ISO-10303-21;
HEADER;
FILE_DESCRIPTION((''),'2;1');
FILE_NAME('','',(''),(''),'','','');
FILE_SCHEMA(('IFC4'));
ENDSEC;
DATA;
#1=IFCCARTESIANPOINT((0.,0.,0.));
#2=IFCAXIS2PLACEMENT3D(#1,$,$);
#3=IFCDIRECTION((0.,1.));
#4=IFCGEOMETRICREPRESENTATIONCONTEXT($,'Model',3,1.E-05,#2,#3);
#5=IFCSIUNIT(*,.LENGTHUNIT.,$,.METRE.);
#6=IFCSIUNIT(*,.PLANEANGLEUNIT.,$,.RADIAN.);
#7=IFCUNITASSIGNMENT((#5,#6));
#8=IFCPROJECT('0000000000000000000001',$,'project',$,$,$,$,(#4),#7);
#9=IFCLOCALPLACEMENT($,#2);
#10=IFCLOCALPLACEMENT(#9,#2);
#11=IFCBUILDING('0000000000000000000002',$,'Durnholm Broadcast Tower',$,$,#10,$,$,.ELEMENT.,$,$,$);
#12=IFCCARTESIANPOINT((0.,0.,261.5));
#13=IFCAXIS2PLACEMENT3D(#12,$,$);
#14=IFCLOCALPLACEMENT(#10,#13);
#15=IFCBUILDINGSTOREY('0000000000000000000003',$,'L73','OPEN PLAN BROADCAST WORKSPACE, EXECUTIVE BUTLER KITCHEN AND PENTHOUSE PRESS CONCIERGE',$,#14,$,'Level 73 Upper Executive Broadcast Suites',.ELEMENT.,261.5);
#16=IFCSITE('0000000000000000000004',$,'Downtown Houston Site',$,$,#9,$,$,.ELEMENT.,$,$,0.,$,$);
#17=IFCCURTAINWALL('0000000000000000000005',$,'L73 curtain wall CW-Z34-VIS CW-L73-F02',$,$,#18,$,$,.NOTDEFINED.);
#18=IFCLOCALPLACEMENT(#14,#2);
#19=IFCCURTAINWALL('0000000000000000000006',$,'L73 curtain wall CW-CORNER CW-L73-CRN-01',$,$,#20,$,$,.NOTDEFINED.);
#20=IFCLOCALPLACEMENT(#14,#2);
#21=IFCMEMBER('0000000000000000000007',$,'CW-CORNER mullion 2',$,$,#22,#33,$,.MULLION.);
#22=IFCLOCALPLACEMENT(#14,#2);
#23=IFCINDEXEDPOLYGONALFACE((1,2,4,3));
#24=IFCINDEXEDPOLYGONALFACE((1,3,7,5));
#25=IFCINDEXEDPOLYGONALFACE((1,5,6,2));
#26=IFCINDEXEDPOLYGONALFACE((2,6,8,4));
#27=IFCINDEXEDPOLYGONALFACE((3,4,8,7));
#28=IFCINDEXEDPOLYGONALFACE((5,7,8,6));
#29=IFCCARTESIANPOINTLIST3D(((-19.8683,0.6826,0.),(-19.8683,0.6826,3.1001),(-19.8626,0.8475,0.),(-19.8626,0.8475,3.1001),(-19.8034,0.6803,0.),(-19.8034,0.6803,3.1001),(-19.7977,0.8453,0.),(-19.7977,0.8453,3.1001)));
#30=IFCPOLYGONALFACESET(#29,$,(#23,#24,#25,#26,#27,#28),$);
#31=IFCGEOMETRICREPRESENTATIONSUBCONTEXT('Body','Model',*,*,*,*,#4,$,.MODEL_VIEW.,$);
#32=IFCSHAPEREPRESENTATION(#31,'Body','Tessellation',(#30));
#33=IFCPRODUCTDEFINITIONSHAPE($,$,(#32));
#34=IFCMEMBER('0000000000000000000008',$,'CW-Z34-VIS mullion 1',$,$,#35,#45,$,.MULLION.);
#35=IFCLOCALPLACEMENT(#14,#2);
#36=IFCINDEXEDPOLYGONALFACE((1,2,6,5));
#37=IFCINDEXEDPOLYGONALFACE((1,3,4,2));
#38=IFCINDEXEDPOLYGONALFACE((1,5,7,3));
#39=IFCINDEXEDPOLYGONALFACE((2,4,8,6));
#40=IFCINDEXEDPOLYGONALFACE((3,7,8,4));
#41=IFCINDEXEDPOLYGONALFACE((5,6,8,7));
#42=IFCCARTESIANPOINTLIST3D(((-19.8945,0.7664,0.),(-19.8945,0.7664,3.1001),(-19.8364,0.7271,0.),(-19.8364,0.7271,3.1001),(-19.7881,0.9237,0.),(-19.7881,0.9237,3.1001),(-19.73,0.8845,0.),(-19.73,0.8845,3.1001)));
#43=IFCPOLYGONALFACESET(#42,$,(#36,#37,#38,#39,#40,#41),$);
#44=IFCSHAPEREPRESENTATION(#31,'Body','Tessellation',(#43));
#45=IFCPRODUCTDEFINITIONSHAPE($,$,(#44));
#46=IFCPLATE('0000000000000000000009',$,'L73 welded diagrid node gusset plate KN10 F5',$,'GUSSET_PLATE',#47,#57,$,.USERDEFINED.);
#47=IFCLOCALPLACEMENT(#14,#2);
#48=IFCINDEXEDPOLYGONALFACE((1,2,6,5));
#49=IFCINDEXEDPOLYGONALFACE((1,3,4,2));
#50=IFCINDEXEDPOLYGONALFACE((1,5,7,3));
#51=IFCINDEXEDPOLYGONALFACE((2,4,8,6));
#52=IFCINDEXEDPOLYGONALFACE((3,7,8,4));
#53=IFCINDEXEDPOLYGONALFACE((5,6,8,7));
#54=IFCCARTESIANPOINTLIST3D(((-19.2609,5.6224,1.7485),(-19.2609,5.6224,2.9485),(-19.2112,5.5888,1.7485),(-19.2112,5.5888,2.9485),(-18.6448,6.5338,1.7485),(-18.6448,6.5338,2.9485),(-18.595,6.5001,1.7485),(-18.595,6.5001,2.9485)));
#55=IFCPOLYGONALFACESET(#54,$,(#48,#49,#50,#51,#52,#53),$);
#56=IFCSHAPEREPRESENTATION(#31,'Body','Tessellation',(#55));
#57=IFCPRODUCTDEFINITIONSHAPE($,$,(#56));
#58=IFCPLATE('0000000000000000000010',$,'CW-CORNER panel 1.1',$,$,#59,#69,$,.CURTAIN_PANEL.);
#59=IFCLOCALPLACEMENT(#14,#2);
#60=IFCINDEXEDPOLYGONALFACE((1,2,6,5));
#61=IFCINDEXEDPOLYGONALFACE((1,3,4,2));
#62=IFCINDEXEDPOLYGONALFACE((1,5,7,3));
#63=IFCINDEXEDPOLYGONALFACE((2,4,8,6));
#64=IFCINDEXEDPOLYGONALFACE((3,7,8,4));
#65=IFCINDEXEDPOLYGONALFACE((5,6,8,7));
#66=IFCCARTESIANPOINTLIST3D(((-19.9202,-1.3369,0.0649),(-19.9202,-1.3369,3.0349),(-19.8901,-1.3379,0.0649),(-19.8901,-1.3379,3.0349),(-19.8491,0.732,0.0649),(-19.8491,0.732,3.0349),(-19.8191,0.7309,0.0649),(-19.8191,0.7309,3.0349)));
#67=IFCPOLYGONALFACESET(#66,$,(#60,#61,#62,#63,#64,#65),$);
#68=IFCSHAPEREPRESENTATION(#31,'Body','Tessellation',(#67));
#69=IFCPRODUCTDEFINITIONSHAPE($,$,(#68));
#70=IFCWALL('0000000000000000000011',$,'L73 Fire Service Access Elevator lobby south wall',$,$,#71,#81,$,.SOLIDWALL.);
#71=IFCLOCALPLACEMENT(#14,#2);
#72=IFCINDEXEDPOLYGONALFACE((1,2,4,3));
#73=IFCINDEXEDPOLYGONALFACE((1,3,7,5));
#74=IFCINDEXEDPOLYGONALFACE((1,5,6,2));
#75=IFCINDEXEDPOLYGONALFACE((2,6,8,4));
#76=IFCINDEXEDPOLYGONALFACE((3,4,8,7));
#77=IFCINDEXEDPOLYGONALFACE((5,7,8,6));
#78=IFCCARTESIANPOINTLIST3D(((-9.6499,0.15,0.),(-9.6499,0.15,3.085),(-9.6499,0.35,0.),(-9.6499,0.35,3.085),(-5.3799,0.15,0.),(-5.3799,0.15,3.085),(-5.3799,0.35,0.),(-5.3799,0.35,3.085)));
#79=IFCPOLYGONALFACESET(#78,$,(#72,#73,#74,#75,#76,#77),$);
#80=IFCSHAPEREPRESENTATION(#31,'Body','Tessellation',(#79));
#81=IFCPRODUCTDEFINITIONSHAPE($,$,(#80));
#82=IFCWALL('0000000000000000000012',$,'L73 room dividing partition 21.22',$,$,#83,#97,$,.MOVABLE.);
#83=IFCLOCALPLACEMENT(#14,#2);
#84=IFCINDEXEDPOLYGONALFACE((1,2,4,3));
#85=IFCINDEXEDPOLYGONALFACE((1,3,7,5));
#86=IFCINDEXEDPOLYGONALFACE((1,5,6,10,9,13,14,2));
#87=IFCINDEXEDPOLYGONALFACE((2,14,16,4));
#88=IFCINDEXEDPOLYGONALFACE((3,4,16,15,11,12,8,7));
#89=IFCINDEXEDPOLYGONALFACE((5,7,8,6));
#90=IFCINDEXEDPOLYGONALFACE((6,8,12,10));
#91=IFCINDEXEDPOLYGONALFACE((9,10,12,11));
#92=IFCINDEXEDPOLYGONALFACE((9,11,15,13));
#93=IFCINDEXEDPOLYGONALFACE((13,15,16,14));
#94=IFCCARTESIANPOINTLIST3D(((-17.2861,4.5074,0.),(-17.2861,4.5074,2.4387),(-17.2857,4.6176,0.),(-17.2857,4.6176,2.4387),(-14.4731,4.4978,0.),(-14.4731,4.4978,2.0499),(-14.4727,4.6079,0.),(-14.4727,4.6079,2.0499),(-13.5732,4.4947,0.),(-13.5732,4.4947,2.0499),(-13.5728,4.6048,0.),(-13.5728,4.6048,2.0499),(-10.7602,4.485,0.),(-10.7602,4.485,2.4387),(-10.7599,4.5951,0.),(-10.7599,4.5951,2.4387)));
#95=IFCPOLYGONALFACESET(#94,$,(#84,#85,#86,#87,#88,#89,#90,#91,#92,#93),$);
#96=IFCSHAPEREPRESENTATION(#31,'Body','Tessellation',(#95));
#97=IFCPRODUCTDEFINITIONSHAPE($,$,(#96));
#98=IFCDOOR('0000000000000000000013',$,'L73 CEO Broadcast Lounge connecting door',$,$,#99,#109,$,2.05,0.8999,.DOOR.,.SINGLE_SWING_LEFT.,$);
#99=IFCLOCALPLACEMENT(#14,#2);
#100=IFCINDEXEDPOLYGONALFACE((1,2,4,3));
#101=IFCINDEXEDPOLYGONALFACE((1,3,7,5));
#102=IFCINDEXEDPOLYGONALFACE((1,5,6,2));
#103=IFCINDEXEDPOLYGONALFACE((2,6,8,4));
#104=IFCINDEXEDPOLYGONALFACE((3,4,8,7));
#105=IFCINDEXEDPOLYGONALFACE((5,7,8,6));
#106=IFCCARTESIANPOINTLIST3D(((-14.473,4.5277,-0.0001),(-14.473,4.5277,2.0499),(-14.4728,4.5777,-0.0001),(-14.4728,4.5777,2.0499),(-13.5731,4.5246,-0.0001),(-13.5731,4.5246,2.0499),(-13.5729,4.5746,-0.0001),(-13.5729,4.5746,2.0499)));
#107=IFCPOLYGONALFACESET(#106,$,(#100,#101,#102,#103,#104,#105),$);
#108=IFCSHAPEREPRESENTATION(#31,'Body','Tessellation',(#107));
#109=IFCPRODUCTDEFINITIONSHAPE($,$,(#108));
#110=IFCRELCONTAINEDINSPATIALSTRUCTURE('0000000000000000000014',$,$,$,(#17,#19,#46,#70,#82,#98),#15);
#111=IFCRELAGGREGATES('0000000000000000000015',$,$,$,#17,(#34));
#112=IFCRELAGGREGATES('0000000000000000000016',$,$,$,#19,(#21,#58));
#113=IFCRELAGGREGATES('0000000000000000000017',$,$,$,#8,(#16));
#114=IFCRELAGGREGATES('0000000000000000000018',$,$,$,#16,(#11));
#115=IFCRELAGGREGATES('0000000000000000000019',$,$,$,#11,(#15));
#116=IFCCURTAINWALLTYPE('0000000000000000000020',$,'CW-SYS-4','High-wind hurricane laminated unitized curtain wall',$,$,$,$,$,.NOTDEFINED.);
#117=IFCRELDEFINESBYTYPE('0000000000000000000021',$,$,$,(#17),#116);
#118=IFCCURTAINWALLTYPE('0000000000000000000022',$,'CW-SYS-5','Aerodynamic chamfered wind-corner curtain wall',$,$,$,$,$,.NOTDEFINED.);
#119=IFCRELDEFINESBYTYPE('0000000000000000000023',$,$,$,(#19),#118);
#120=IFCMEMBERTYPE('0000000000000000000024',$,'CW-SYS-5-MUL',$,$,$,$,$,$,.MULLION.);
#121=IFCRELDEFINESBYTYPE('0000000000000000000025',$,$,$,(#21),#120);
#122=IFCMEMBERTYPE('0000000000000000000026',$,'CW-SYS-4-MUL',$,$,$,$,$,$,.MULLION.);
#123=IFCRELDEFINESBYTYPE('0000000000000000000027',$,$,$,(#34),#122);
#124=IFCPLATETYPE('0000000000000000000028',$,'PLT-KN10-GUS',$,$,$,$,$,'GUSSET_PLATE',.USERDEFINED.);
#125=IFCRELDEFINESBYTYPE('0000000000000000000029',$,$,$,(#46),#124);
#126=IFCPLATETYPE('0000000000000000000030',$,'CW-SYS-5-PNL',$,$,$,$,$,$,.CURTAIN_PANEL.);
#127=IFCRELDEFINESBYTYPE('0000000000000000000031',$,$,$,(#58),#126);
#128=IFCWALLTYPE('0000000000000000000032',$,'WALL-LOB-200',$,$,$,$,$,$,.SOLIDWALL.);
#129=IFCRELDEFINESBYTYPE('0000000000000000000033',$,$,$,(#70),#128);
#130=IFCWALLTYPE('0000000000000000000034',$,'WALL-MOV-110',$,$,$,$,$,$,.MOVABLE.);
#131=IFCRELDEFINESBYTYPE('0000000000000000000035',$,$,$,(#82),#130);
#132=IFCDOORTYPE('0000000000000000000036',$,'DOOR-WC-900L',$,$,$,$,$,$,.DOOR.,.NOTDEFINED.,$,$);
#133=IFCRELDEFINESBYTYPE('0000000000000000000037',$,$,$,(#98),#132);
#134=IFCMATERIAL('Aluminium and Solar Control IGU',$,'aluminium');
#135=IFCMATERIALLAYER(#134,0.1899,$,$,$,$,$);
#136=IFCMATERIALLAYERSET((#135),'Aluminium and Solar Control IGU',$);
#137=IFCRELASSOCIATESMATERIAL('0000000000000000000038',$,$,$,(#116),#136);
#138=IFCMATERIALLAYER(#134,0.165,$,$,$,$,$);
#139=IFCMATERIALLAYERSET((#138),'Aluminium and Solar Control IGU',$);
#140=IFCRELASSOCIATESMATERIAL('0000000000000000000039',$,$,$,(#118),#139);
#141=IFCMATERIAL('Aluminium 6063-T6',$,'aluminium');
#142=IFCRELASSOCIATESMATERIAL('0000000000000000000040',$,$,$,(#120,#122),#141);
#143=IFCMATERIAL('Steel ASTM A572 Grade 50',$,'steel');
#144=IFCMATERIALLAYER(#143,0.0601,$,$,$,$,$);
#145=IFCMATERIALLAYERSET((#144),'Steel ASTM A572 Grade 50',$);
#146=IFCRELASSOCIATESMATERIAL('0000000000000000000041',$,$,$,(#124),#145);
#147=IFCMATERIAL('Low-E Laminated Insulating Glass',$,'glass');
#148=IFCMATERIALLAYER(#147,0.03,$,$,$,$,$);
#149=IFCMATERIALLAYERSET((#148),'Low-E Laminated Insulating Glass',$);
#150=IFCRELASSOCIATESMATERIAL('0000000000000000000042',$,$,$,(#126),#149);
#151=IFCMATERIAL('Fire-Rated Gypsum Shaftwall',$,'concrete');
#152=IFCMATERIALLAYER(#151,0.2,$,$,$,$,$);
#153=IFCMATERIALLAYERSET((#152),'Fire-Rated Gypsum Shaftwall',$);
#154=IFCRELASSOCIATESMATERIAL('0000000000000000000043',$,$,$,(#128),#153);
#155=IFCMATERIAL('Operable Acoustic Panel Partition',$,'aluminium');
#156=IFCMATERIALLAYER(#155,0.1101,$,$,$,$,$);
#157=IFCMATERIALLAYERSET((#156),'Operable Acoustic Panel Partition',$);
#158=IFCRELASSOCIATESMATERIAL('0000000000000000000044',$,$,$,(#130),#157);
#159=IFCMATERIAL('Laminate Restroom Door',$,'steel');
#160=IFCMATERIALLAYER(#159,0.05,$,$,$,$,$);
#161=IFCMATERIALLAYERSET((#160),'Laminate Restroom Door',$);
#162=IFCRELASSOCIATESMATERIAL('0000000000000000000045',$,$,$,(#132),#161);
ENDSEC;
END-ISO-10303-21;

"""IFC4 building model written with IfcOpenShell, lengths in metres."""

from ifc_helpers import new_model, si_unit, direction, frame, frame_2d, origin, origin_2d, place, context, subcontext, project, spatial, rectangle, extrude, source, transform, mapped, material, layer, layer_set, material_profile, profile_set, type_object, type_shapes, element, fill, aggregate, save


model = new_model("IFC4")

# Units and contexts
model_context = context("Model", 3, precision=1e-05, world=origin(), true_north=direction((0.0, 1.0)))
body_context = subcontext(model_context, "Body", "Model", "MODEL_VIEW")
ifc_project = project(units=[si_unit("LENGTHUNIT", "METRE"), si_unit("PLANEANGLEUNIT", "RADIAN")], contexts=[model_context])

# Site, building, storey
site_placement = place(None, origin())
site = spatial("IfcSite", under=ifc_project, at=site_placement, Name="Downtown Houston Site", CompositionType="ELEMENT", RefElevation=0.0)
building_placement = place(site_placement, origin())
building = spatial("IfcBuilding", under=site, at=building_placement, Name="Durnholm Broadcast Tower", CompositionType="ELEMENT")
storey_placement = place(building_placement, frame((0.0, 0.0, 261.5)))
storey = spatial("IfcBuildingStorey", under=building, at=storey_placement, Name="L73", Description="OPEN PLAN BROADCAST WORKSPACE, EXECUTIVE BUTLER KITCHEN AND PENTHOUSE PRESS CONCIERGE", LongName="Level 73 Upper Executive Broadcast Suites", CompositionType="ELEMENT", Elevation=261.5)

# Curtain wall
ifc_material_1 = material(Name="Aluminium and Solar Control IGU", Category="aluminium")
ifc_layer_1 = layer(ifc_material_1, 0.1899)
ifc_layer_set_1 = layer_set([ifc_layer_1], Name="Aluminium and Solar Control IGU")
curtain_wall_type_1 = type_object("IfcCurtainWallType", Name="CW-SYS-4", Description="High-wind hurricane laminated unitized curtain wall", PredefinedType="NOTDEFINED", material=ifc_layer_set_1)
curtain_wall_1_placement = place(storey_placement, origin())
curtain_wall_1 = element("IfcCurtainWall", 1, at=curtain_wall_1_placement, inside=storey, type_object=curtain_wall_type_1, Name="L73 curtain wall CW-Z34-VIS CW-L73-F02", PredefinedType="NOTDEFINED")
ifc_material_2 = material(Name="Aluminium 6063-T6", Category="aluminium")

# Curtain wall, member
ifc_layer_2 = layer(ifc_material_1, 0.165)
ifc_layer_set_2 = layer_set([ifc_layer_2], Name="Aluminium and Solar Control IGU")
curtain_wall_type_2 = type_object("IfcCurtainWallType", Name="CW-SYS-5", Description="Aerodynamic chamfered wind-corner curtain wall", PredefinedType="NOTDEFINED", material=ifc_layer_set_2)
curtain_wall_2_placement = place(storey_placement, origin())
curtain_wall_2 = element("IfcCurtainWall", 2, at=curtain_wall_2_placement, inside=storey, type_object=curtain_wall_type_2, Name="L73 curtain wall CW-CORNER CW-L73-CRN-01", PredefinedType="NOTDEFINED")
ifc_material_profile_1 = material_profile(ifc_material_2, rectangle(XDim=0.0649, YDim=0.165, at=origin_2d()), Name="CWM65X165")
ifc_profile_set_1 = profile_set([ifc_material_profile_1], Name="Aluminium 6063-T6")
member_type_1 = type_object("IfcMemberType", Name="CW-SYS-5-MUL", PredefinedType="MULLION", material=ifc_profile_set_1)
shared_shape_1 = source(origin(), body_context, "Body", "SweptSolid", [
    extrude(rectangle(XDim=0.0649, YDim=0.165, at=origin_2d()), origin(), (0.0, 0.0, 1.0), 3.1001),
])
type_shapes(member_type_1, [shared_shape_1])
member_1_placement = place(storey_placement, frame((-19.833, 0.7639, 0.0), z_axis=(0.0, 0.0, 1.0), x_axis=(-0.999411, 0.034318, 0.0)))
member_1 = element("IfcMember", 3, at=member_1_placement, type_object=member_type_1, Name="CW-CORNER mullion 2", PredefinedType="MULLION", context=body_context, shape_type="MappedRepresentation", body=[
    mapped(shared_shape_1, transform((0.0, 0.0, 0.0), x_axis=(1.0, 0.0, 0.0), y_axis=(0.0, 1.0, 0.0), z_axis=(0.0, 0.0, 1.0), scale=1.0)),
])

# Member
ifc_material_profile_2 = material_profile(ifc_material_2, rectangle(XDim=0.0701, YDim=0.1899, at=origin_2d()), Name="CWM70X190")
ifc_profile_set_2 = profile_set([ifc_material_profile_2], Name="Aluminium 6063-T6")
member_type_2 = type_object("IfcMemberType", Name="CW-SYS-4-MUL", PredefinedType="MULLION", material=ifc_profile_set_2)
shared_shape_2 = source(origin(), body_context, "Body", "SweptSolid", [
    extrude(rectangle(XDim=0.0701, YDim=0.1899, at=origin_2d()), origin(), (0.0, 0.0, 1.0), 3.1001),
])
type_shapes(member_type_2, [shared_shape_2])
member_2_placement = place(storey_placement, frame((-19.8123, 0.8254, 0.0), z_axis=(0.0, 0.0, 1.0), x_axis=(-0.828443, 0.560073, 0.0)))
member_2 = element("IfcMember", 4, at=member_2_placement, type_object=member_type_2, Name="CW-Z34-VIS mullion 1", PredefinedType="MULLION", context=body_context, shape_type="MappedRepresentation", body=[
    mapped(shared_shape_2, transform((0.0, 0.0, 0.0), x_axis=(1.0, 0.0, 0.0), y_axis=(0.0, 1.0, 0.0), z_axis=(0.0, 0.0, 1.0), scale=1.0)),
])
aggregate(curtain_wall_1, [member_2])

# Plates
ifc_material_3 = material(Name="Steel ASTM A572 Grade 50", Category="steel")
ifc_layer_3 = layer(ifc_material_3, 0.0601)
ifc_layer_set_3 = layer_set([ifc_layer_3], Name="Steel ASTM A572 Grade 50")
plate_type_1 = type_object("IfcPlateType", Name="PLT-KN10-GUS", ElementType="GUSSET_PLATE", PredefinedType="USERDEFINED", material=ifc_layer_set_3)
shared_shape_3 = source(origin(), body_context, "Body", "SweptSolid", [
    extrude(rectangle(XDim=1.1001, YDim=0.0601, at=origin_2d()), origin(), (0.0, 0.0, 1.0), 1.2),
])
type_shapes(plate_type_1, [shared_shape_3])
plate_1_placement = place(storey_placement, frame((-18.928, 6.0613, 1.7485), z_axis=(0.0, 0.0, 1.0), x_axis=(-0.560061, -0.828452, 0.0)))
element("IfcPlate", 5, at=plate_1_placement, inside=storey, type_object=plate_type_1, Name="L73 welded diagrid node gusset plate KN10 F5", ObjectType="GUSSET_PLATE", PredefinedType="USERDEFINED", context=body_context, shape_type="MappedRepresentation", body=[
    mapped(shared_shape_3, transform((0.0, 0.0, 0.0), x_axis=(1.0, 0.0, 0.0), y_axis=(0.0, 1.0, 0.0), z_axis=(0.0, 0.0, 1.0), scale=1.0)),
])
ifc_material_4 = material(Name="Low-E Laminated Insulating Glass", Category="glass")
ifc_layer_4 = layer(ifc_material_4, 0.03)
ifc_layer_set_4 = layer_set([ifc_layer_4], Name="Low-E Laminated Insulating Glass")
plate_type_2 = type_object("IfcPlateType", Name="CW-SYS-5-PNL", PredefinedType="CURTAIN_PANEL", material=ifc_layer_set_4)
shared_shape_4 = source(origin(), body_context, "Body", "SweptSolid", [
    extrude(rectangle(XDim=2.0701, YDim=0.03, at=origin_2d()), origin(), (0.0, 0.0, 1.0), 2.97),
])
type_shapes(plate_type_2, [shared_shape_4])
plate_2_placement = place(storey_placement, frame((-19.8696, -0.303, 0.0649), z_axis=(0.0, 0.0, 1.0), x_axis=(0.034318, 0.999411, 0.0)))
plate_2 = element("IfcPlate", 6, at=plate_2_placement, type_object=plate_type_2, Name="CW-CORNER panel 1.1", PredefinedType="CURTAIN_PANEL", context=body_context, shape_type="MappedRepresentation", body=[
    mapped(shared_shape_4, transform((0.0, 0.0, 0.0), x_axis=(1.0, 0.0, 0.0), y_axis=(0.0, 1.0, 0.0), z_axis=(0.0, 0.0, 1.0), scale=1.0)),
])
aggregate(curtain_wall_2, [member_1, plate_2])

# Wall
ifc_material_5 = material(Name="Fire-Rated Gypsum Shaftwall", Category="concrete")
ifc_layer_5 = layer(ifc_material_5, 0.2)
ifc_layer_set_5 = layer_set([ifc_layer_5], Name="Fire-Rated Gypsum Shaftwall")
wall_type_1 = type_object("IfcWallType", Name="WALL-LOB-200", PredefinedType="SOLIDWALL", material=ifc_layer_set_5)
wall_1_placement = place(storey_placement, frame((-9.6499, 0.25, 0.0), z_axis=(0.0, 0.0, 1.0), x_axis=(1.0, 0.0, 0.0)))
element("IfcWall", 7, at=wall_1_placement, inside=storey, type_object=wall_type_1, Name="L73 Fire Service Access Elevator lobby south wall", PredefinedType="SOLIDWALL", context=body_context, shape_type="SweptSolid", body=[
    extrude(rectangle(XDim=4.27, YDim=0.2, at=frame_2d((2.135, 0.0))), origin(), (0.0, 0.0, 1.0), 3.085),
])

# Wall, opening, door
ifc_material_6 = material(Name="Operable Acoustic Panel Partition", Category="aluminium")
ifc_layer_6 = layer(ifc_material_6, 0.1101)
ifc_layer_set_6 = layer_set([ifc_layer_6], Name="Operable Acoustic Panel Partition")
wall_type_2 = type_object("IfcWallType", Name="WALL-MOV-110", PredefinedType="MOVABLE", material=ifc_layer_set_6)
wall_2_placement = place(storey_placement, frame((-17.2859, 4.5625, 0.0), z_axis=(0.0, 0.0, 1.0), x_axis=(0.999994, -0.003442, 0.0)))
wall_2 = element("IfcWall", 8, at=wall_2_placement, inside=storey, type_object=wall_type_2, Name="L73 room dividing partition 21.22", PredefinedType="MOVABLE", context=body_context, shape_type="SweptSolid", body=[
    extrude(rectangle(XDim=6.5259, YDim=0.1101, at=frame_2d((3.2629, 0.0))), origin(), (0.0, 0.0, 1.0), 2.4387),
])
opening_1_placement = place(wall_2_placement, frame((2.813, 0.0, 0.0)))
opening_1 = element("IfcOpeningElement", 9, at=opening_1_placement, cuts=wall_2, PredefinedType="OPENING", context=body_context, shape_type="SweptSolid", body=[
    extrude(rectangle(XDim=0.8999, YDim=2.05, at=frame_2d((0.45, 1.0249))), frame((0.0, 0.0649, 0.0), z_axis=(0.0, -1.0, 0.0), x_axis=(1.0, 0.0, 0.0)), (0.0, 0.0, 1.0), 0.1301),
])
ifc_material_7 = material(Name="Laminate Restroom Door", Category="steel")
ifc_layer_7 = layer(ifc_material_7, 0.05)
ifc_layer_set_7 = layer_set([ifc_layer_7], Name="Laminate Restroom Door")
door_type_1 = type_object("IfcDoorType", Name="DOOR-WC-900L", OperationType="NOTDEFINED", PredefinedType="DOOR", material=ifc_layer_set_7)
shared_shape_5 = source(origin(), body_context, "Body", "SweptSolid", [
    extrude(rectangle(XDim=0.8999, YDim=2.05, at=frame_2d((0.45, 1.0249))), frame((0.0, 0.0249, 0.0), z_axis=(0.0, -1.0, 0.0), x_axis=(1.0, 0.0, 0.0)), (0.0, 0.0, 1.0), 0.05),
])
type_shapes(door_type_1, [shared_shape_5])
door_1_placement = place(opening_1_placement, origin())
door_1 = element("IfcDoor", 10, at=door_1_placement, inside=storey, type_object=door_type_1, Name="L73 CEO Broadcast Lounge connecting door", OperationType="SINGLE_SWING_LEFT", OverallHeight=2.05, OverallWidth=0.8999, PredefinedType="DOOR", context=body_context, shape_type="MappedRepresentation", body=[
    mapped(shared_shape_5, transform((0.0, 0.0, 0.0), x_axis=(1.0, 0.0, 0.0), y_axis=(0.0, 1.0, 0.0), z_axis=(0.0, 0.0, 1.0), scale=1.0)),
])
fill(opening_1, door_1)

save(model, "model.ifc")
